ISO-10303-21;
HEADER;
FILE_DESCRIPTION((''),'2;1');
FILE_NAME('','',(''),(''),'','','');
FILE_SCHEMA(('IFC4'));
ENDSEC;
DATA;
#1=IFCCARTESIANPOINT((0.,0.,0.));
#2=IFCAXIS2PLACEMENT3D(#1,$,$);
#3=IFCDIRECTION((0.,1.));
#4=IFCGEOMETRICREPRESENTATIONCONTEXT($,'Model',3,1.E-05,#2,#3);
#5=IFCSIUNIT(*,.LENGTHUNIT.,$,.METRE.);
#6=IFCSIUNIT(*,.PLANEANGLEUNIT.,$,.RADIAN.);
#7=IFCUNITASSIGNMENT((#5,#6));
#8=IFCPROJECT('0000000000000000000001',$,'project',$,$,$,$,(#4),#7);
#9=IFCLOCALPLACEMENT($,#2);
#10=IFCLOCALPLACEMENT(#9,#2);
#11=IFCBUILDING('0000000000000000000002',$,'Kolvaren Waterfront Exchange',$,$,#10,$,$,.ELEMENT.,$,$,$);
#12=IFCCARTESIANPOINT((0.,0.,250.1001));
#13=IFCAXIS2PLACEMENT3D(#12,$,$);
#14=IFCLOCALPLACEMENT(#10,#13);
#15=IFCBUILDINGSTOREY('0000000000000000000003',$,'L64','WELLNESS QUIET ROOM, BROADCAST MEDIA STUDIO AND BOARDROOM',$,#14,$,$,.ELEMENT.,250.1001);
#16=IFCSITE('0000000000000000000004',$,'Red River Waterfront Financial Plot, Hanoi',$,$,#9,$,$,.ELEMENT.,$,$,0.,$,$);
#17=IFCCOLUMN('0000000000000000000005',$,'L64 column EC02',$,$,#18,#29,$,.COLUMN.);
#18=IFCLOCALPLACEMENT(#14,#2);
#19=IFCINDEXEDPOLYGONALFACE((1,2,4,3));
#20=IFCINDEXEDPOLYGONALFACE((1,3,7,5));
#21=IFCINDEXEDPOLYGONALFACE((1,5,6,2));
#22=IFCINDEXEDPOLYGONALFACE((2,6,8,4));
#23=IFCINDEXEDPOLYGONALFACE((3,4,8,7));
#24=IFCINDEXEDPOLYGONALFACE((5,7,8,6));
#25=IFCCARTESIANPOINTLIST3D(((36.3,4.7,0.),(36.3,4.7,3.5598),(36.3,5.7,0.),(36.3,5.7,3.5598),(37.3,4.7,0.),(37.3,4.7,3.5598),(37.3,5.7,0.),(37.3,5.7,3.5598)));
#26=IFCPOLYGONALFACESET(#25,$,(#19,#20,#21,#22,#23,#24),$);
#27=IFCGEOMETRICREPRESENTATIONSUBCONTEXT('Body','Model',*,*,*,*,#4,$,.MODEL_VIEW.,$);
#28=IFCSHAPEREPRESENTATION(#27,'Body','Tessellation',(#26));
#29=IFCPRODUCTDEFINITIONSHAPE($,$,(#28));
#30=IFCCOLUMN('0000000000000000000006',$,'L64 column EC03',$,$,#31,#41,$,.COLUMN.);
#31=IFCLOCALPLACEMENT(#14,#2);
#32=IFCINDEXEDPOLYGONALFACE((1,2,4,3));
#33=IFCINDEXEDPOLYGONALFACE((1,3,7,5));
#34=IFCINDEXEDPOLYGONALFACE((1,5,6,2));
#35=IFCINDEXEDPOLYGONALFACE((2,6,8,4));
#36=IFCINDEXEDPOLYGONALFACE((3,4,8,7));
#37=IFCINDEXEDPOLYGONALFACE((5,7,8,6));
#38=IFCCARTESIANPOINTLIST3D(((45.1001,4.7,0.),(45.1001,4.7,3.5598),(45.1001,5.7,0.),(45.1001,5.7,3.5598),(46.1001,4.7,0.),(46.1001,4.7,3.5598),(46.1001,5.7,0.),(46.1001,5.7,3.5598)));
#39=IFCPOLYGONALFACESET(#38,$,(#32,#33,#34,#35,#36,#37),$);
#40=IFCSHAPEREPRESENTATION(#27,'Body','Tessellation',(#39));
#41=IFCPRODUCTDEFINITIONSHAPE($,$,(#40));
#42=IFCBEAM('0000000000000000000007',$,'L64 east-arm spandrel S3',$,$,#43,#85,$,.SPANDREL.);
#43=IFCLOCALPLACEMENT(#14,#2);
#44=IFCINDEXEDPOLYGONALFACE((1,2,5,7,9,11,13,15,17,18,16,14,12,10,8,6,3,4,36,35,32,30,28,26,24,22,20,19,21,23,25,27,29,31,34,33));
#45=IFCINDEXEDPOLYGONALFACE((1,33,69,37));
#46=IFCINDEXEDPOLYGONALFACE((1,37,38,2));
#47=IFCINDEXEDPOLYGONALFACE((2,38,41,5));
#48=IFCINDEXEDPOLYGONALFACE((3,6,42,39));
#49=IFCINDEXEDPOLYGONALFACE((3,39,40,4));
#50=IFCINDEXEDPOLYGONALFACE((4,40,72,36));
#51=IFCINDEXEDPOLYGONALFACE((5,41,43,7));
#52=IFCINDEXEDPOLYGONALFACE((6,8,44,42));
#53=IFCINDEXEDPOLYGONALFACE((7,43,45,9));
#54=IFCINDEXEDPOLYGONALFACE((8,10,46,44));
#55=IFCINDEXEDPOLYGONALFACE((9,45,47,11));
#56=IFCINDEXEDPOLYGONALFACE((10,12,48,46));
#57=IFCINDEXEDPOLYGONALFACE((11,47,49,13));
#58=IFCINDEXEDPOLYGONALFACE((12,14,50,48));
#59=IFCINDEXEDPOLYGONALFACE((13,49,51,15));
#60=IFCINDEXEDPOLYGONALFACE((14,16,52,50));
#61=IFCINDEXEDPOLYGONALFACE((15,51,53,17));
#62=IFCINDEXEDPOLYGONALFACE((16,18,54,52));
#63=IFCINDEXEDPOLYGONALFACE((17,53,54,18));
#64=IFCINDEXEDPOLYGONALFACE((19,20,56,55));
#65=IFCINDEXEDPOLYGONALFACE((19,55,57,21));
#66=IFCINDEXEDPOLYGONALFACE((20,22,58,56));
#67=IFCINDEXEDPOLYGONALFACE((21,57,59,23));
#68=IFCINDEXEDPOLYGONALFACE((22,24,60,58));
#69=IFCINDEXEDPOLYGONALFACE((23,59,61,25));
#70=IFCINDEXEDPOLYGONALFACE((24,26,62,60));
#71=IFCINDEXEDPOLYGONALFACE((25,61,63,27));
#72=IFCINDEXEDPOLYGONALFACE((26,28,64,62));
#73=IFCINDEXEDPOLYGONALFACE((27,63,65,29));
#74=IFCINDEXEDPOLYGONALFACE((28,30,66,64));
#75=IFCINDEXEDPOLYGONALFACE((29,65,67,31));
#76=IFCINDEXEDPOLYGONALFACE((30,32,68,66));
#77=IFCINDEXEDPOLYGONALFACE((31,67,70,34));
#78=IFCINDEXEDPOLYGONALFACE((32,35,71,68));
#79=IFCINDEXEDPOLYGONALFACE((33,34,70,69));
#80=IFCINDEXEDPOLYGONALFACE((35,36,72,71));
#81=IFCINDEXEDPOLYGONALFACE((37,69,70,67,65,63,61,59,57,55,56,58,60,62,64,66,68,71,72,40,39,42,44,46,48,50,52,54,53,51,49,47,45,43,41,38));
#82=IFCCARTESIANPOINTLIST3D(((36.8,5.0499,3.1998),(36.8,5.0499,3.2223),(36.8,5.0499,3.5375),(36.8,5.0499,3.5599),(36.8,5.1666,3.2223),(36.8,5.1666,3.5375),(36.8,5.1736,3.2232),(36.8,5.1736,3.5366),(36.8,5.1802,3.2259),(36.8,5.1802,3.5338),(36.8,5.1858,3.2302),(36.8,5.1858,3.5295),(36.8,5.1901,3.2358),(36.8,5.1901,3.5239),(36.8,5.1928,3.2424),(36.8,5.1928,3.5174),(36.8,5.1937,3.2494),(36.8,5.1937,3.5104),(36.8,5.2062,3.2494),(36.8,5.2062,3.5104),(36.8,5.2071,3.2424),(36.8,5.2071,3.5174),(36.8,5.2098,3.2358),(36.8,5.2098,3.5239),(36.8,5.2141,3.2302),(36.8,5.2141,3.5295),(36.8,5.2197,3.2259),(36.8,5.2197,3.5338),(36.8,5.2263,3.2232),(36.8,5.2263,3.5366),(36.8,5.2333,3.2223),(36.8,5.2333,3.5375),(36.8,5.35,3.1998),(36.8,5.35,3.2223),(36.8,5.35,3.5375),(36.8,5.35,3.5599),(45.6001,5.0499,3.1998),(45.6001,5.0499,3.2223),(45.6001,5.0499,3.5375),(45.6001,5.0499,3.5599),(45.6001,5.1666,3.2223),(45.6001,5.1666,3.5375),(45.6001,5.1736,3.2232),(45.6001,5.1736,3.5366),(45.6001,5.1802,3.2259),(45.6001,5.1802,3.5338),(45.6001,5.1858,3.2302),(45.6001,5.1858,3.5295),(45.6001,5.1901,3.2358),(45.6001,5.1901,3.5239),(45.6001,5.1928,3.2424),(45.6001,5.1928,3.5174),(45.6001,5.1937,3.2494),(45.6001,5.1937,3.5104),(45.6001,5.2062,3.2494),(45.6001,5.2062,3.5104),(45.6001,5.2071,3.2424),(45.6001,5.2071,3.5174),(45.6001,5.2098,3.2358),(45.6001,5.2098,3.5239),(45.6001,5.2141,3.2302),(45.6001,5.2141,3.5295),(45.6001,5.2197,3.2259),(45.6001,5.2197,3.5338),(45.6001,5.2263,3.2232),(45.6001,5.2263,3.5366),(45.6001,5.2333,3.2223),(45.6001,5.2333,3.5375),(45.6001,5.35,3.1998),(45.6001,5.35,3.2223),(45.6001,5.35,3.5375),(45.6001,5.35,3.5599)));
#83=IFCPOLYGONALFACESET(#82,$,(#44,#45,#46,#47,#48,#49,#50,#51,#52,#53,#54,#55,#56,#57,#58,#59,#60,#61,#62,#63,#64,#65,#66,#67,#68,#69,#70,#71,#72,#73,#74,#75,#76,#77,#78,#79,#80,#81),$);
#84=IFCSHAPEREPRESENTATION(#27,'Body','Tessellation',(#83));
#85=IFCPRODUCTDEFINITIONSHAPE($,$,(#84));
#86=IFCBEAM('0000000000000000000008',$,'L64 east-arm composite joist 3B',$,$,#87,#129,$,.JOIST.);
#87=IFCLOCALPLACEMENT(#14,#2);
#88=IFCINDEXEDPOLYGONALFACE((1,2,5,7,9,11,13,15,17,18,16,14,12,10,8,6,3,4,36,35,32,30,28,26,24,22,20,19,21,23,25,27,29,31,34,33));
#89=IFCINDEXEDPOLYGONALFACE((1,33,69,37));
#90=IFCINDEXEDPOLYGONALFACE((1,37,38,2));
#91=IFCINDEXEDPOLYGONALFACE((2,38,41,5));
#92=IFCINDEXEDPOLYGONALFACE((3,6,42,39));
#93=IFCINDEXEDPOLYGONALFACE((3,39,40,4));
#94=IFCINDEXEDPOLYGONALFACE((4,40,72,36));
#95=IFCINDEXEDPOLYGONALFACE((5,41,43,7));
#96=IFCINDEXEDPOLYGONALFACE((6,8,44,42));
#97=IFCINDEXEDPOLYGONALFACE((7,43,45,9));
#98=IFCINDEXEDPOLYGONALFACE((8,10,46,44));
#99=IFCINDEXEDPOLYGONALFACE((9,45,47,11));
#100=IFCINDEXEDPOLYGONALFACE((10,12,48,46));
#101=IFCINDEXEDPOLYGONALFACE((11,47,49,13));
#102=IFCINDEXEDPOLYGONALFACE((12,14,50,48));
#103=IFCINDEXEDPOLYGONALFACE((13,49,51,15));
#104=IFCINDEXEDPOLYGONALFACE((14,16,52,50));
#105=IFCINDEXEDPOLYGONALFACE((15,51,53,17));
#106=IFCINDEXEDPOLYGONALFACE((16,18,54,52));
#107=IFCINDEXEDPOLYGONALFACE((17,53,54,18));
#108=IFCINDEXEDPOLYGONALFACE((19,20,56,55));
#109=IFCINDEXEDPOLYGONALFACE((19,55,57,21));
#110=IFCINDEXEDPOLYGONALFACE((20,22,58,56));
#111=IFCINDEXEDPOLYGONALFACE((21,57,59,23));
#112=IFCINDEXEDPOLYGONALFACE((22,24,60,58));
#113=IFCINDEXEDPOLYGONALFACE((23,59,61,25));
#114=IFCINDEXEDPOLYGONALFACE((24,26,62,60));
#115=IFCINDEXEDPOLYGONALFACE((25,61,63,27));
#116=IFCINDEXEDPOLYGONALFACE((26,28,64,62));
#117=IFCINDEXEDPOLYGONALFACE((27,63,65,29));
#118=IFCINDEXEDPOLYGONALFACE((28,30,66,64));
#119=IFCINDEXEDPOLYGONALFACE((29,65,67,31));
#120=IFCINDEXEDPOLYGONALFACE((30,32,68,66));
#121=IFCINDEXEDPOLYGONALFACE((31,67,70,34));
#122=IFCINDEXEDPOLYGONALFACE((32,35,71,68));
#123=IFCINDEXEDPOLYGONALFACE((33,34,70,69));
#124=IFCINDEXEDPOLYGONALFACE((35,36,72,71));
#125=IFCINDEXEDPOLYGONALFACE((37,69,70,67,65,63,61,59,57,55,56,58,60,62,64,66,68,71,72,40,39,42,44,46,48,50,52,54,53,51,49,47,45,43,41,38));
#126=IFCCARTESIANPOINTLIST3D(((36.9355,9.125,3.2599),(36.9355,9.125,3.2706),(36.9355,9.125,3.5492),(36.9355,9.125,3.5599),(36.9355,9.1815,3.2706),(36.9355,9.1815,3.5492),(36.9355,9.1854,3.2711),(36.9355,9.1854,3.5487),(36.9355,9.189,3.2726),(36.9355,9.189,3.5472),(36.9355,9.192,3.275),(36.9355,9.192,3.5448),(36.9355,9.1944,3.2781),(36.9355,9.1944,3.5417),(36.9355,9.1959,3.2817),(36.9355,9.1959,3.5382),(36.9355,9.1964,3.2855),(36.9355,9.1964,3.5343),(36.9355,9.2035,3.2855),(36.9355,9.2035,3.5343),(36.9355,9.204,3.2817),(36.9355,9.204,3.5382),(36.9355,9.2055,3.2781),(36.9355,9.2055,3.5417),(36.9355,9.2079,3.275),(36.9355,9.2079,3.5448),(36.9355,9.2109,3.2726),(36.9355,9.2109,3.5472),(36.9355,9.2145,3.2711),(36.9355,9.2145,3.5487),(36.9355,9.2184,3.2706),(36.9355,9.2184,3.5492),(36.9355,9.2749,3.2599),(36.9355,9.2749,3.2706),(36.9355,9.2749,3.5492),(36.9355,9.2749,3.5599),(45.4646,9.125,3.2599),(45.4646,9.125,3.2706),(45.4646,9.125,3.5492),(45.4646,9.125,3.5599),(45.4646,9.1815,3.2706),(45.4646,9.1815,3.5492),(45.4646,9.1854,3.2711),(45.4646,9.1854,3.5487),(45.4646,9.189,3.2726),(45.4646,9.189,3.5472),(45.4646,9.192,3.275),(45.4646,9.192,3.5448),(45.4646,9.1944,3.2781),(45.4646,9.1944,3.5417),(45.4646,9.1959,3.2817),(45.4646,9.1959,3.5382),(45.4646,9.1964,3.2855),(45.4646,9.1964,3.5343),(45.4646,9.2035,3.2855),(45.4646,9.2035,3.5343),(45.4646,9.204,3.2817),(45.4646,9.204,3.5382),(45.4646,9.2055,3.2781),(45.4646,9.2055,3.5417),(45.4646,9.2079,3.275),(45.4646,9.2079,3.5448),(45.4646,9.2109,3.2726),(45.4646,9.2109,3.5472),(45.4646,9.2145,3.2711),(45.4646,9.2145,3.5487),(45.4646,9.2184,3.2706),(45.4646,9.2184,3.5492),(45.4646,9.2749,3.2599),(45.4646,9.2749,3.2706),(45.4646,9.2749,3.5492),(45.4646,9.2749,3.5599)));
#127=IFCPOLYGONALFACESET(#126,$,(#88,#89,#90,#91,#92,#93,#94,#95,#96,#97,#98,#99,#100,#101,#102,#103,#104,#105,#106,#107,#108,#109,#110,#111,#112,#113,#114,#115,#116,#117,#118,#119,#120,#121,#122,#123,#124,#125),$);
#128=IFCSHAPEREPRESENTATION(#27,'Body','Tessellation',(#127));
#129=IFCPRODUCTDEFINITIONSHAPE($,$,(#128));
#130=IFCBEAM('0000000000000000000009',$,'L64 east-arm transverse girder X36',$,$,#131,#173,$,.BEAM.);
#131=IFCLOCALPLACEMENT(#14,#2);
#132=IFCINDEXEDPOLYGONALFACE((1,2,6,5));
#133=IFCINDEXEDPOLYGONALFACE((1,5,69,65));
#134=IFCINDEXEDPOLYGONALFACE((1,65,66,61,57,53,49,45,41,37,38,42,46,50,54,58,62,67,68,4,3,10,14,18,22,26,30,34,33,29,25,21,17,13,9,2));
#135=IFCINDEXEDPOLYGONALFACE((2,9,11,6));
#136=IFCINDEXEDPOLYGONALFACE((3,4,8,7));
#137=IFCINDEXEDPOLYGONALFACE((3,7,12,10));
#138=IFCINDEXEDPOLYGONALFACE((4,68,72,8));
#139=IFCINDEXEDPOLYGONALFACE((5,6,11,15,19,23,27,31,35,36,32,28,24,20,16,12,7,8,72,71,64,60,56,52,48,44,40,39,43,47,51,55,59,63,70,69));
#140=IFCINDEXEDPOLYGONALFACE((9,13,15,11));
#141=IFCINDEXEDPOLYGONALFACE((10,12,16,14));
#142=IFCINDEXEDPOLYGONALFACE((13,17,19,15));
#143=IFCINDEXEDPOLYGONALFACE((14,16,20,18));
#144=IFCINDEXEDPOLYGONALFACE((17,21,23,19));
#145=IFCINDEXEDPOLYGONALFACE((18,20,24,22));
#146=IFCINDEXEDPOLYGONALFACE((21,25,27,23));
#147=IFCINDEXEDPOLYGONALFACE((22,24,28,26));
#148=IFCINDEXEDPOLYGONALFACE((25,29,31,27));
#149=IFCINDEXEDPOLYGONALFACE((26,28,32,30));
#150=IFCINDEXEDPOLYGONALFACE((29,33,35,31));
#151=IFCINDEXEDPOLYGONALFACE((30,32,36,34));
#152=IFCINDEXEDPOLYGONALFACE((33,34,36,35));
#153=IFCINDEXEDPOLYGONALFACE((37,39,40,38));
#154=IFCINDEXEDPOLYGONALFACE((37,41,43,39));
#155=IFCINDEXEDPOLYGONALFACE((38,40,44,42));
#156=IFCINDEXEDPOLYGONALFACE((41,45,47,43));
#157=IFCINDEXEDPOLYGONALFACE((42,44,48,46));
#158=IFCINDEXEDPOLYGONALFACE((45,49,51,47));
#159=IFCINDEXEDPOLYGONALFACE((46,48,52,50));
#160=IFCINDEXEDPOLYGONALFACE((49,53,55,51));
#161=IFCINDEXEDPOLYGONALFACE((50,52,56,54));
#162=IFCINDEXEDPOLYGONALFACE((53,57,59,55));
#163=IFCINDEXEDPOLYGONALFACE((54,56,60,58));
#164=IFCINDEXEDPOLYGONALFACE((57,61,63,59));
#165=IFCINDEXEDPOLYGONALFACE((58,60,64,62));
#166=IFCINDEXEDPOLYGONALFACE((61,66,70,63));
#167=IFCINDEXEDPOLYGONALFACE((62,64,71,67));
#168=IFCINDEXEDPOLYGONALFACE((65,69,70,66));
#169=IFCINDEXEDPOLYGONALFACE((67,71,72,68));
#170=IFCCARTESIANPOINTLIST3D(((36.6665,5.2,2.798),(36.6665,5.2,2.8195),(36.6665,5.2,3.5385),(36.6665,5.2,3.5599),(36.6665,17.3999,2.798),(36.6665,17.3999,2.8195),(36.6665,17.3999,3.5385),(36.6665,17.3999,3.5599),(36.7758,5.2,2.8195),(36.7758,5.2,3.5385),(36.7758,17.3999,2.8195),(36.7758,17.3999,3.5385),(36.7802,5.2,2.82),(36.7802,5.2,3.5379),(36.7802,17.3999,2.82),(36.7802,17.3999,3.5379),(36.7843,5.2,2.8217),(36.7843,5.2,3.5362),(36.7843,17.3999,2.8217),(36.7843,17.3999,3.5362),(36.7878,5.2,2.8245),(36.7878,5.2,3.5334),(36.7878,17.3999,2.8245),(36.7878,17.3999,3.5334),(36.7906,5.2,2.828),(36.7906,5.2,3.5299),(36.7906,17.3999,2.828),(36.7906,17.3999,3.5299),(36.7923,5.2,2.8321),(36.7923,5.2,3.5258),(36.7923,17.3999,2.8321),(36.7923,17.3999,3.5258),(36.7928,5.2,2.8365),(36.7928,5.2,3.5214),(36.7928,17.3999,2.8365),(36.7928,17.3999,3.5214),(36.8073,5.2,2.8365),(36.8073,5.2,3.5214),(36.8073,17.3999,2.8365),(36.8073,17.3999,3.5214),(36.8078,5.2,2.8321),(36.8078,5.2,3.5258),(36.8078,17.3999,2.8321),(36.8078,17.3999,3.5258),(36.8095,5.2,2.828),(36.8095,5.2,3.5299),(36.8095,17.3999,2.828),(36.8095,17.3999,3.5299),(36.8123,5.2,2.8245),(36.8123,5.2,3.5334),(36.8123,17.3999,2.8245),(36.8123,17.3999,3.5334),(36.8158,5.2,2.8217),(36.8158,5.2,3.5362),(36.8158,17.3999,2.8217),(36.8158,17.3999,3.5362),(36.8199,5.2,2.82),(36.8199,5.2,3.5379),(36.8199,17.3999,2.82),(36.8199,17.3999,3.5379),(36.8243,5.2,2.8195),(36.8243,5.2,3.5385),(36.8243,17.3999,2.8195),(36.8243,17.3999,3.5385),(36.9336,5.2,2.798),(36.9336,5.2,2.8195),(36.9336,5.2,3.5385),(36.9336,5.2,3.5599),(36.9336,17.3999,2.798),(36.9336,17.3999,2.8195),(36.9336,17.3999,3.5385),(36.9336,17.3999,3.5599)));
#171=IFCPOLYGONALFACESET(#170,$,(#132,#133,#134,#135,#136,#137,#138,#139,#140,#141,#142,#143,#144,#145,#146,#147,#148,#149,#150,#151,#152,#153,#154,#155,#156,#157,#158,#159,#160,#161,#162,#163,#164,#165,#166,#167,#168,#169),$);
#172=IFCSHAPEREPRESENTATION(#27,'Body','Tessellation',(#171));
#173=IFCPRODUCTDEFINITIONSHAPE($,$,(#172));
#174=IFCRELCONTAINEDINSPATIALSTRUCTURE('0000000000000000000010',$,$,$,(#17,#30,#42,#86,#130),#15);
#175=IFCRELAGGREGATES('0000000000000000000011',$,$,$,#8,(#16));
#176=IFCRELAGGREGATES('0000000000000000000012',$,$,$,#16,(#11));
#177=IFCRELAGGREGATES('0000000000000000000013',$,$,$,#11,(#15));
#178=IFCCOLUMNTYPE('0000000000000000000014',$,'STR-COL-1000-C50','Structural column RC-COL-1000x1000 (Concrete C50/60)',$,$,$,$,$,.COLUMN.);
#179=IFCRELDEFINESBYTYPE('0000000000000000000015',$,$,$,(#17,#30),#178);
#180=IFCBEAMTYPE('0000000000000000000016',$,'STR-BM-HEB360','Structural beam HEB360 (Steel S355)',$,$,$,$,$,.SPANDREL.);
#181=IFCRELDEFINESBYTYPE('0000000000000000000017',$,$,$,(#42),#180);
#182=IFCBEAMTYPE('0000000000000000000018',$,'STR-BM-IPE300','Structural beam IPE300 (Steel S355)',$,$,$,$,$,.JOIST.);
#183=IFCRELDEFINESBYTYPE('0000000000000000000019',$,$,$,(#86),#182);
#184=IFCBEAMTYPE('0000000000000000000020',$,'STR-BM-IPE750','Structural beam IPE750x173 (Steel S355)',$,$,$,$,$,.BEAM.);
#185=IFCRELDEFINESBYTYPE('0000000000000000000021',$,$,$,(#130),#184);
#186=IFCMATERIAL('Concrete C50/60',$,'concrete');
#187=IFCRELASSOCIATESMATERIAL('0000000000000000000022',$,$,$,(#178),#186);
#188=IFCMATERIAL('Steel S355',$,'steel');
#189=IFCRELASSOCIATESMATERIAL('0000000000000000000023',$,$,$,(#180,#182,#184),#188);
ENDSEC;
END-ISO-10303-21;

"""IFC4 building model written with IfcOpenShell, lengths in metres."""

from ifc_helpers import new_model, si_unit, direction, frame, origin, origin_2d, place, context, subcontext, project, spatial, rectangle, i_section, extrude, material, material_profile, profile_set, type_object, element, save


model = new_model("IFC4")

# Units and contexts
model_context = context("Model", 3, precision=1e-05, world=origin(), true_north=direction((0.0, 1.0)))
body_context = subcontext(model_context, "Body", "Model", "MODEL_VIEW")
ifc_project = project(units=[si_unit("LENGTHUNIT", "METRE"), si_unit("PLANEANGLEUNIT", "RADIAN")], contexts=[model_context])

# Site, building, storey
site_placement = place(None, origin())
site = spatial("IfcSite", under=ifc_project, at=site_placement, Name="Red River Waterfront Financial Plot, Hanoi", CompositionType="ELEMENT", RefElevation=0.0)
building_placement = place(site_placement, origin())
building = spatial("IfcBuilding", under=site, at=building_placement, Name="Kolvaren Waterfront Exchange", CompositionType="ELEMENT")
storey_placement = place(building_placement, frame((0.0, 0.0, 250.1001)))
storey = spatial("IfcBuildingStorey", under=building, at=storey_placement, Name="L64", Description="WELLNESS QUIET ROOM, BROADCAST MEDIA STUDIO AND BOARDROOM", CompositionType="ELEMENT", Elevation=250.1001)

# Columns
ifc_material_1 = material(Name="Concrete C50/60", Category="concrete")
ifc_material_profile_1 = material_profile(ifc_material_1, rectangle(XDim=1.0, YDim=1.0, at=origin_2d()), Name="RC-COL-1000x1000")
ifc_profile_set_1 = profile_set([ifc_material_profile_1], Name="Concrete C50/60")
column_type = type_object("IfcColumnType", Name="STR-COL-1000-C50", Description="Structural column RC-COL-1000x1000 (Concrete C50/60)", PredefinedType="COLUMN", material=ifc_profile_set_1)
for number, where, z_axis, x_axis, name in (
    (1, (36.8, 5.2, 0.0), (0.0, 0.0, 1.0), (1.0, 0.0, 0.0), "L64 column EC02"),
    (2, (45.6001, 5.2, 0.0), (0.0, 0.0, 1.0), (1.0, 0.0, 0.0), "L64 column EC03"),
):
    element("IfcColumn", number, at=place(storey_placement, frame(where, z_axis=z_axis, x_axis=x_axis)), inside=storey, type_object=column_type, Name=name, PredefinedType="COLUMN", context=body_context, shape_type="SweptSolid", body=[
        extrude(rectangle(XDim=1.0, YDim=1.0, at=origin_2d()), origin(), (0.0, 0.0, 1.0), 3.5598),
    ])

# Beams
ifc_material_2 = material(Name="Steel S355", Category="steel")
ifc_material_profile_2 = material_profile(ifc_material_2, i_section(OverallWidth=0.3, OverallDepth=0.3601, WebThickness=0.0125, FlangeThickness=0.0225, FilletRadius=0.0271, at=origin_2d()), Name="HEB360")
ifc_profile_set_2 = profile_set([ifc_material_profile_2], Name="Steel S355")
beam_type_1 = type_object("IfcBeamType", Name="STR-BM-HEB360", Description="Structural beam HEB360 (Steel S355)", PredefinedType="SPANDREL", material=ifc_profile_set_2)
beam_1_placement = place(storey_placement, frame((36.8, 5.2, 3.3799), z_axis=(1.0, 0.0, 0.0), x_axis=(0.0, 1.0, 0.0)))
element("IfcBeam", 3, at=beam_1_placement, inside=storey, type_object=beam_type_1, Name="L64 east-arm spandrel S3", PredefinedType="SPANDREL", context=body_context, shape_type="SweptSolid", body=[
    extrude(i_section(OverallWidth=0.3, OverallDepth=0.3601, WebThickness=0.0125, FlangeThickness=0.0225, FilletRadius=0.0271, at=origin_2d()), origin(), (0.0, 0.0, 1.0), 8.8),
])
ifc_material_profile_3 = material_profile(ifc_material_2, i_section(OverallWidth=0.1499, OverallDepth=0.3, WebThickness=0.0071, FlangeThickness=0.0107, FilletRadius=0.0149, at=origin_2d()), Name="IPE300")
ifc_profile_set_3 = profile_set([ifc_material_profile_3], Name="Steel S355")
beam_type_2 = type_object("IfcBeamType", Name="STR-BM-IPE300", Description="Structural beam IPE300 (Steel S355)", PredefinedType="JOIST", material=ifc_profile_set_3)
beam_2_placement = place(storey_placement, frame((36.9355, 9.2, 3.4099), z_axis=(1.0, 0.0, 0.0), x_axis=(0.0, 1.0, 0.0)))
element("IfcBeam", 4, at=beam_2_placement, inside=storey, type_object=beam_type_2, Name="L64 east-arm composite joist 3B", PredefinedType="JOIST", context=body_context, shape_type="SweptSolid", body=[
    extrude(i_section(OverallWidth=0.1499, OverallDepth=0.3, WebThickness=0.0071, FlangeThickness=0.0107, FilletRadius=0.0149, at=origin_2d()), origin(), (0.0, 0.0, 1.0), 8.5291),
])
ifc_material_profile_4 = material_profile(ifc_material_2, i_section(OverallWidth=0.2671, OverallDepth=0.762, WebThickness=0.0144, FlangeThickness=0.0215, FilletRadius=0.0171, at=origin_2d()), Name="IPE750x173")
ifc_profile_set_4 = profile_set([ifc_material_profile_4], Name="Steel S355")
beam_type_3 = type_object("IfcBeamType", Name="STR-BM-IPE750", Description="Structural beam IPE750x173 (Steel S355)", PredefinedType="BEAM", material=ifc_profile_set_4)
for number, where, z_axis, x_axis, name in (
    (5, (36.8, 5.2, 3.179), (0.0, 1.0, 0.0), (-1.0, 0.0, 0.0), "L64 east-arm transverse girder X36"),
):
    element("IfcBeam", number, at=place(storey_placement, frame(where, z_axis=z_axis, x_axis=x_axis)), inside=storey, type_object=beam_type_3, Name=name, PredefinedType="BEAM", context=body_context, shape_type="SweptSolid", body=[
        extrude(i_section(OverallWidth=0.2671, OverallDepth=0.762, WebThickness=0.0144, FlangeThickness=0.0215, FilletRadius=0.0171, at=origin_2d()), origin(), (0.0, 0.0, 1.0), 12.2),
    ])

save(model, "model.ifc")
